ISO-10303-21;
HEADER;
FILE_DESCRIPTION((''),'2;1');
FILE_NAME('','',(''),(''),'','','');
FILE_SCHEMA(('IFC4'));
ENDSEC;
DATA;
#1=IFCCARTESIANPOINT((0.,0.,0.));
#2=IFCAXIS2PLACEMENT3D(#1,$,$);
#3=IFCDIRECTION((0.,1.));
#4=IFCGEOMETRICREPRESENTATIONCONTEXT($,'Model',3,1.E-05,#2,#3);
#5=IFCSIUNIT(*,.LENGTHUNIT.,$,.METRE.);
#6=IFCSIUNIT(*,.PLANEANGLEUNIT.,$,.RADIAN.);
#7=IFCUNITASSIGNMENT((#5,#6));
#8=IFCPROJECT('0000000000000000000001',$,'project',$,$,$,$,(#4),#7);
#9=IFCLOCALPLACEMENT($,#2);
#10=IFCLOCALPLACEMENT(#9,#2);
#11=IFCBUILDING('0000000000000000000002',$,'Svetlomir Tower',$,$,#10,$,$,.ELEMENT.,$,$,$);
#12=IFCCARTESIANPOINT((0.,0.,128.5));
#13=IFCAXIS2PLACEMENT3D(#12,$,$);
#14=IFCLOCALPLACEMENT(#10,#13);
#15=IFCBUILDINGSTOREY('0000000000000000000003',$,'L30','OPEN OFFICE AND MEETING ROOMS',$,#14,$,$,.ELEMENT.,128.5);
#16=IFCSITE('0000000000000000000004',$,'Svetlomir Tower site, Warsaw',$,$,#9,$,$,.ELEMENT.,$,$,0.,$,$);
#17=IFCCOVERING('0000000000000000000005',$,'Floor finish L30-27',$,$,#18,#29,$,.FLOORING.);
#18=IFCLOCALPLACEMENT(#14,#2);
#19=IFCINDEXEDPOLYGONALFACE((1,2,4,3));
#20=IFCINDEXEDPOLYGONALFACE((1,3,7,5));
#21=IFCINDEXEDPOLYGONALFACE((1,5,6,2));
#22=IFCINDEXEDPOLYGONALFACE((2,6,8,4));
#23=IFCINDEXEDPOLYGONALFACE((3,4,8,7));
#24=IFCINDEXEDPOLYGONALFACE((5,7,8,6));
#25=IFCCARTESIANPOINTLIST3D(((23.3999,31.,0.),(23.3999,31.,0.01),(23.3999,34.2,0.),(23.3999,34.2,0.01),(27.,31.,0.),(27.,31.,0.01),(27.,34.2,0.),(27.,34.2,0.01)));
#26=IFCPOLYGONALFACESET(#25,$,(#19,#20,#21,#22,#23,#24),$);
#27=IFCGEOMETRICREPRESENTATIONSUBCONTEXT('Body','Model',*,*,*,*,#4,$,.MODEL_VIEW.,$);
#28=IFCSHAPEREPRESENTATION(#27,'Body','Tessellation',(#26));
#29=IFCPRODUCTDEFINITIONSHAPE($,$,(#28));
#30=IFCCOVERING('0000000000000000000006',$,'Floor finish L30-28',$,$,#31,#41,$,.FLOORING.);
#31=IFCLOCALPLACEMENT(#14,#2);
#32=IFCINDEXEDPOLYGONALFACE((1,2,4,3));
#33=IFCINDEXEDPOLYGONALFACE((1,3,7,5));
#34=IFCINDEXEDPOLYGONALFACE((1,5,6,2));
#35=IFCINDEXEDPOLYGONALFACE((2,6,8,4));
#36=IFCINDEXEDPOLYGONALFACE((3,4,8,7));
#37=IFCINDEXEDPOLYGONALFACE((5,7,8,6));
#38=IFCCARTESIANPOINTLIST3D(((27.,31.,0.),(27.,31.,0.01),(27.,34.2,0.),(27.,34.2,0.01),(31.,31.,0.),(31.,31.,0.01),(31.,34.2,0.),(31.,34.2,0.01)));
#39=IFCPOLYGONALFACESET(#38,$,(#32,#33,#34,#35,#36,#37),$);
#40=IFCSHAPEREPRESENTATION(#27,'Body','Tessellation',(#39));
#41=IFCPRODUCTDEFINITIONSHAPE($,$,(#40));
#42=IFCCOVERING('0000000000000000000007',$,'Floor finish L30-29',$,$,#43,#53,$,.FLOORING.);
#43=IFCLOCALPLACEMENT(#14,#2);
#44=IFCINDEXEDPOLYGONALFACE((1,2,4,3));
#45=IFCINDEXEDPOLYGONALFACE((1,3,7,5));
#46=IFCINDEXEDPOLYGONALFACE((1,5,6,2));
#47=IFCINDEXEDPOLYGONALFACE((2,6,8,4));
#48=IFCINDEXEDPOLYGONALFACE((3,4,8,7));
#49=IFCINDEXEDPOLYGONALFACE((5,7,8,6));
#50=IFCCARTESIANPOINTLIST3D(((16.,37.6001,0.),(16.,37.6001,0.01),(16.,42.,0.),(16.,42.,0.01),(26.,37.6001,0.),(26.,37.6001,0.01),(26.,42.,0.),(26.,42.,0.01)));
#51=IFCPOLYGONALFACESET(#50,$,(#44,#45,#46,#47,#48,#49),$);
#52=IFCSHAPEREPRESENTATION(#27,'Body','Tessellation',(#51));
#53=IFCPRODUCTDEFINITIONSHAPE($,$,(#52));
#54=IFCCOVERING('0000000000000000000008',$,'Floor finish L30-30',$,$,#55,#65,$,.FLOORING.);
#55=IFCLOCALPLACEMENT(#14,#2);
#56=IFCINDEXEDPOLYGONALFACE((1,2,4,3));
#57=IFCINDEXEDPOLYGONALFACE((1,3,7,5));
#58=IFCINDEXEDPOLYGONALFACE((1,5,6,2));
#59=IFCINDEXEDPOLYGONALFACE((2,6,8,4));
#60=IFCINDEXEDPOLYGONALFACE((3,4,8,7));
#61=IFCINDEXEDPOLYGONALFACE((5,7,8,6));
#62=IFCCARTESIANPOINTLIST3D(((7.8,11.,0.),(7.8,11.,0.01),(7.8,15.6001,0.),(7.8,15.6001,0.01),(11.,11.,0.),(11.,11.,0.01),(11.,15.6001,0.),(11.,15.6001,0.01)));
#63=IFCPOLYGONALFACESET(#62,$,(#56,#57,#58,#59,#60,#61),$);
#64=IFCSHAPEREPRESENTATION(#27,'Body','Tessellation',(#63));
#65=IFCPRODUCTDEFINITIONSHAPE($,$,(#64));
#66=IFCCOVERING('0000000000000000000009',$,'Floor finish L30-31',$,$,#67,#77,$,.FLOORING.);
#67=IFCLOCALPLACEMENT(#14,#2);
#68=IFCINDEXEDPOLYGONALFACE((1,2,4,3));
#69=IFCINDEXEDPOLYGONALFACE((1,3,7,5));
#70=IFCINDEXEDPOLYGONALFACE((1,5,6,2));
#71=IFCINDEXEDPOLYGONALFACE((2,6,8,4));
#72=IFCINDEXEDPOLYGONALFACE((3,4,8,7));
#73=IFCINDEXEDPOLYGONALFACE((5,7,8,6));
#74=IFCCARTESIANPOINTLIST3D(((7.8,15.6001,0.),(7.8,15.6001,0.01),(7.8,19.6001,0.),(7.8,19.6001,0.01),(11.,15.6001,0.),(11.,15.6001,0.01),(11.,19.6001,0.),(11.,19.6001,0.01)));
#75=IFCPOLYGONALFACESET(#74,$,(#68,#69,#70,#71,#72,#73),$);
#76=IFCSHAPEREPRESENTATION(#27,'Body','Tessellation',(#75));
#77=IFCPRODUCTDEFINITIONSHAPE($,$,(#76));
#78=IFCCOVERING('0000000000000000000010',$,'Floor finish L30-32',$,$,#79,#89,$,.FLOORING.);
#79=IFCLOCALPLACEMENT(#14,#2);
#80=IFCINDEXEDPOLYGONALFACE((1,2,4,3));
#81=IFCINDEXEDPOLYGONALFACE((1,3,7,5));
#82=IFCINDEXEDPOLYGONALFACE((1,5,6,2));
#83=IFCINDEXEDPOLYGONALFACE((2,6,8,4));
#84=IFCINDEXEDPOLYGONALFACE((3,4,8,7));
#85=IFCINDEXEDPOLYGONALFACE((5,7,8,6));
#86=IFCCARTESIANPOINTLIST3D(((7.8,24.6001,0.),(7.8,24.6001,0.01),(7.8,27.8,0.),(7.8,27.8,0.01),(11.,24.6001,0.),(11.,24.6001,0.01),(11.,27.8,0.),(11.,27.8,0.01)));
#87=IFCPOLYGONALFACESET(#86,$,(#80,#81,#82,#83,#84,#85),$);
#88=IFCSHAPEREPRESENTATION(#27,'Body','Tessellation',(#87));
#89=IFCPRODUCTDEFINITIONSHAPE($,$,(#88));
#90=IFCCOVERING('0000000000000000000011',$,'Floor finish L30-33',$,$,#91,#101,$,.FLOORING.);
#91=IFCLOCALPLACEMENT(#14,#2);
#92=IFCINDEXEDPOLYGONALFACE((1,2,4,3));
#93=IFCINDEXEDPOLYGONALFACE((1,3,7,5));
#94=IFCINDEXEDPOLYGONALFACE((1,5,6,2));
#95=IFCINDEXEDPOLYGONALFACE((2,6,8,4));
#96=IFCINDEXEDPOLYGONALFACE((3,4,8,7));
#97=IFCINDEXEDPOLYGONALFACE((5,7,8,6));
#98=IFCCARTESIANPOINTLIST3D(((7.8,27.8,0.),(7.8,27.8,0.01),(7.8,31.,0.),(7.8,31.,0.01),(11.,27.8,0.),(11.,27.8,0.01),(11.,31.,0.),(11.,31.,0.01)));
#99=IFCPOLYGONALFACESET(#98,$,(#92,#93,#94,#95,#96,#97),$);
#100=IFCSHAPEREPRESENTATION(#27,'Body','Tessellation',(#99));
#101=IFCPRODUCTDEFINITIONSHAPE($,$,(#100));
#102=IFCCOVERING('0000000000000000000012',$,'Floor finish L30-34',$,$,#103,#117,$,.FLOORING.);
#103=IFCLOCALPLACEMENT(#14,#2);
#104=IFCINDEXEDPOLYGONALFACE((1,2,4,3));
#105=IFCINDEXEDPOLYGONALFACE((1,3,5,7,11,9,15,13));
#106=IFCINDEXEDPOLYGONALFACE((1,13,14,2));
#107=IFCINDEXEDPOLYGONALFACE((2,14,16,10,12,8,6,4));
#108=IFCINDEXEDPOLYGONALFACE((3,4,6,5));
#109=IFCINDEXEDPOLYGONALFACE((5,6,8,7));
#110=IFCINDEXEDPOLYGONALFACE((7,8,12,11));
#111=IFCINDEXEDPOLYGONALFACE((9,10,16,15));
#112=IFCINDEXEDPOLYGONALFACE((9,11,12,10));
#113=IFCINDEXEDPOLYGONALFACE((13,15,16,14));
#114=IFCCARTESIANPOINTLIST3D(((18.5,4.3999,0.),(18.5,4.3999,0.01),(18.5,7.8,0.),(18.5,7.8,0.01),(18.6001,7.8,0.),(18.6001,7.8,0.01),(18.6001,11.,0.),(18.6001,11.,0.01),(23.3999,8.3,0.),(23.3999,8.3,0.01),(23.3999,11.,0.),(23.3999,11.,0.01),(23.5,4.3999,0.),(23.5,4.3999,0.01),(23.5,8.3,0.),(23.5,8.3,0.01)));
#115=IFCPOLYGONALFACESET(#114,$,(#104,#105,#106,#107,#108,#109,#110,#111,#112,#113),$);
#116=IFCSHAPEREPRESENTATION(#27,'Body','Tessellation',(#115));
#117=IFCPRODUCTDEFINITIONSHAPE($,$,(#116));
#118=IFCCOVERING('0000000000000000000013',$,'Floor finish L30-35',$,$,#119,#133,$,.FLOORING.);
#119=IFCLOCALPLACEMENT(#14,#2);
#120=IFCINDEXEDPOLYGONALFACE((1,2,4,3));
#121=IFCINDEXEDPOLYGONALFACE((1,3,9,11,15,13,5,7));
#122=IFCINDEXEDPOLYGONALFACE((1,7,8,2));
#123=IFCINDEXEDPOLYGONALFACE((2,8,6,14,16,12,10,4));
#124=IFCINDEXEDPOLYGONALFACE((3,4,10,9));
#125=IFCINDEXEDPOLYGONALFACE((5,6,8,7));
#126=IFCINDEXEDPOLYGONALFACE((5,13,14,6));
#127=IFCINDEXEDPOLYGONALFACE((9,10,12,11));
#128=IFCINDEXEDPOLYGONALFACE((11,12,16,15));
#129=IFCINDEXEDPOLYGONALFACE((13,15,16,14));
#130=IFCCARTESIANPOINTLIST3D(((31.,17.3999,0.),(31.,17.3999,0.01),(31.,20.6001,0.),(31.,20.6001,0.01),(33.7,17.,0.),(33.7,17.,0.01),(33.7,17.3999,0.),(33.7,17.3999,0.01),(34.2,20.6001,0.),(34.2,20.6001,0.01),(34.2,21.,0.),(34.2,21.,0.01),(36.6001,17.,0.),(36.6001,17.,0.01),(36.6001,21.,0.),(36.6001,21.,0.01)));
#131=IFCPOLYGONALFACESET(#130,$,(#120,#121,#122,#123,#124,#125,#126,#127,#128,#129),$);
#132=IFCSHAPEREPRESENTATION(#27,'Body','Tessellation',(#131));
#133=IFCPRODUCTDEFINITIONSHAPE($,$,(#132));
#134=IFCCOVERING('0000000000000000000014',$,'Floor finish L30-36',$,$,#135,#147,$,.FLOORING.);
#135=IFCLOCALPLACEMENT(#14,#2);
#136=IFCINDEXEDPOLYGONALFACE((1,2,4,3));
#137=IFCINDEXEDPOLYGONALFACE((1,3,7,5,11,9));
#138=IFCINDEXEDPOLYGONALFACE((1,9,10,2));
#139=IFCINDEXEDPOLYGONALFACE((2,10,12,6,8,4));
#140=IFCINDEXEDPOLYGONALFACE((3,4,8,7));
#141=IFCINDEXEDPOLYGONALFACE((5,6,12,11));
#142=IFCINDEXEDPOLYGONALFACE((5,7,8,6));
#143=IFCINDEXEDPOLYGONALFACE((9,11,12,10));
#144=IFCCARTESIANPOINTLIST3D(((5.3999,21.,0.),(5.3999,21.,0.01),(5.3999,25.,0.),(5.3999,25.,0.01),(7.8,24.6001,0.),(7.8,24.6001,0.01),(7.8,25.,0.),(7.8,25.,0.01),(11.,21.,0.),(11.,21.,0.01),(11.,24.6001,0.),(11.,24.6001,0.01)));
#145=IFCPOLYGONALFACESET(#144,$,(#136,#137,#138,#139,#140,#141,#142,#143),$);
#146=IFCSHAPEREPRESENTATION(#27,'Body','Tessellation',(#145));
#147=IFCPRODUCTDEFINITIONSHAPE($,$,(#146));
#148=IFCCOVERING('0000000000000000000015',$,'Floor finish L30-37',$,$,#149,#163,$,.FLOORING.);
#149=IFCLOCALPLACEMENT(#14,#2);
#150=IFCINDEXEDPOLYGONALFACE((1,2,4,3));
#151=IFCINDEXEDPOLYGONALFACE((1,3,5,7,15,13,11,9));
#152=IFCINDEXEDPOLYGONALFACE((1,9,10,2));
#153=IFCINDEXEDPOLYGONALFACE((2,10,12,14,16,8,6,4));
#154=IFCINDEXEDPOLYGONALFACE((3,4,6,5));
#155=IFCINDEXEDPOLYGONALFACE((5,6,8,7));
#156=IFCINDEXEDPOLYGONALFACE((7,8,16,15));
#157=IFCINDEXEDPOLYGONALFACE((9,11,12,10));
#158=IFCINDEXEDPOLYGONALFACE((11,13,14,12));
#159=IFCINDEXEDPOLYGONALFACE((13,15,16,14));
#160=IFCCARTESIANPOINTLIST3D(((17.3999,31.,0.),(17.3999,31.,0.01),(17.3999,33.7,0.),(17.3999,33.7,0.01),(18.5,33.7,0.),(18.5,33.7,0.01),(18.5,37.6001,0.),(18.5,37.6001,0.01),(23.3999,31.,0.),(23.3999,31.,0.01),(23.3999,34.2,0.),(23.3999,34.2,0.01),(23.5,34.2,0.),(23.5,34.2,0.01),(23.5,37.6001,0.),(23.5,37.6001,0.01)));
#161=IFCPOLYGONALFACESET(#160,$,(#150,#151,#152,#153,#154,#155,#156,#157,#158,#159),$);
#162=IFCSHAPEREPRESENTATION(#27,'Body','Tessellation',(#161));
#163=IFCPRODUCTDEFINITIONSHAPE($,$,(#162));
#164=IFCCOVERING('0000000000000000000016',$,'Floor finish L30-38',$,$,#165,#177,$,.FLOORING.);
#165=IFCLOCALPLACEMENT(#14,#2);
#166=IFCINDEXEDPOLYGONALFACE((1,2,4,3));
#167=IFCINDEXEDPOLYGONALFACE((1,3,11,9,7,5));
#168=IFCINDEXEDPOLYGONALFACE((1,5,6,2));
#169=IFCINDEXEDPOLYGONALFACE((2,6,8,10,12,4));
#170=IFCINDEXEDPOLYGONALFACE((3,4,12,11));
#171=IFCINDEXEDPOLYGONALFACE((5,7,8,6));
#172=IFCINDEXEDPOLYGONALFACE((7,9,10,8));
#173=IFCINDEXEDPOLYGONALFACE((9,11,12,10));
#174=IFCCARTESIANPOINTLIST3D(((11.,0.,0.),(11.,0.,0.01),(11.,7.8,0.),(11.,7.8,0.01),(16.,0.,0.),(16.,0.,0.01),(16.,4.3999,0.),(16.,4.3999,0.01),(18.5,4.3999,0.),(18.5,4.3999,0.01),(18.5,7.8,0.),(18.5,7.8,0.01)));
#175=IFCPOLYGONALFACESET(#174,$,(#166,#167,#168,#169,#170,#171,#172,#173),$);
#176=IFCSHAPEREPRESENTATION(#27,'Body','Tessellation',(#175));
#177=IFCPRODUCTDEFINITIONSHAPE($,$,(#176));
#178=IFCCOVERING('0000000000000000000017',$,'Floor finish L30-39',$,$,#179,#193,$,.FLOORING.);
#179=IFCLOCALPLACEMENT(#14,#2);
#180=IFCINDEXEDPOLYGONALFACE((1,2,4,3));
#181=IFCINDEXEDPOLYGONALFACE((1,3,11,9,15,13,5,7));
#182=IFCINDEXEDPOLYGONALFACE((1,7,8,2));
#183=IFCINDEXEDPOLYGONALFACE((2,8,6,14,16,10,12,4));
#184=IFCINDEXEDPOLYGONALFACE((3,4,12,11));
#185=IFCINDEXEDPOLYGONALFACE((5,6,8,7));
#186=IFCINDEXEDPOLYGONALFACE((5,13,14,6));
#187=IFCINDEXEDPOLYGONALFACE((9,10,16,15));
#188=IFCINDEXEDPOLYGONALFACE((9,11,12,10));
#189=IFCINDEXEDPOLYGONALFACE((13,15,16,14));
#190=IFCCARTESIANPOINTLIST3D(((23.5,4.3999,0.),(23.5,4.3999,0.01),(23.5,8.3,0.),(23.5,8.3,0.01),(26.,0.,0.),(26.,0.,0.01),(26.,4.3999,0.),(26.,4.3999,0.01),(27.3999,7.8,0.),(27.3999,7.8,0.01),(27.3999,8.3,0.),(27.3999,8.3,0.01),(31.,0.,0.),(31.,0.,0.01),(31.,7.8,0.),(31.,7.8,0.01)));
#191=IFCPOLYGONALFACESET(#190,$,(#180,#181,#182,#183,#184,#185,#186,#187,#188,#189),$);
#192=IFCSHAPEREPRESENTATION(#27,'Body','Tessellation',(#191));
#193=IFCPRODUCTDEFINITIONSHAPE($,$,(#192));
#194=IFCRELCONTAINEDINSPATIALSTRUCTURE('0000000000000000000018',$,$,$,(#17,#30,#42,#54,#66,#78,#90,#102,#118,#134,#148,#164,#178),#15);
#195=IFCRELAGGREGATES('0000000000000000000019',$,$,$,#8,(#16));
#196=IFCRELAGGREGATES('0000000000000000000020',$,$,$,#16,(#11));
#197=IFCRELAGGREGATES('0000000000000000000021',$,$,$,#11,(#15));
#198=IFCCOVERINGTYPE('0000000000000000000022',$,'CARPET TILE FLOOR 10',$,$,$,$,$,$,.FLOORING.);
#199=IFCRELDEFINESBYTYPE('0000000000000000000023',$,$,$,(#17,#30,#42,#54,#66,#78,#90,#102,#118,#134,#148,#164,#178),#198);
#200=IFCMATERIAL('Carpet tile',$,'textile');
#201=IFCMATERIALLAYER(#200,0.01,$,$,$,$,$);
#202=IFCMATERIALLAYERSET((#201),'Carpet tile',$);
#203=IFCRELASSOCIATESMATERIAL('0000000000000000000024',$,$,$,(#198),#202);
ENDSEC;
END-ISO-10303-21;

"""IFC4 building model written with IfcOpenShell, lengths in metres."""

from ifc_helpers import new_model, si_unit, direction, frame, origin, place, context, subcontext, project, spatial, polyline, outline, extrude, material, layer, layer_set, type_object, element, save


model = new_model("IFC4")

# Units and contexts
model_context = context("Model", 3, precision=1e-05, world=origin(), true_north=direction((0.0, 1.0)))
body_context = subcontext(model_context, "Body", "Model", "MODEL_VIEW")
ifc_project = project(units=[si_unit("LENGTHUNIT", "METRE"), si_unit("PLANEANGLEUNIT", "RADIAN")], contexts=[model_context])

# Site, building, storey
site_placement = place(None, origin())
site = spatial("IfcSite", under=ifc_project, at=site_placement, Name="Svetlomir Tower site, Warsaw", CompositionType="ELEMENT", RefElevation=0.0)
building_placement = place(site_placement, origin())
building = spatial("IfcBuilding", under=site, at=building_placement, Name="Svetlomir Tower", CompositionType="ELEMENT")
storey_placement = place(building_placement, frame((0.0, 0.0, 128.5)))
storey = spatial("IfcBuildingStorey", under=building, at=storey_placement, Name="L30", Description="OPEN OFFICE AND MEETING ROOMS", CompositionType="ELEMENT", Elevation=128.5)

# Coverings
ifc_material_1 = material(Name="Carpet tile", Category="textile")
ifc_layer_1 = layer(ifc_material_1, 0.01)
ifc_layer_set_1 = layer_set([ifc_layer_1], Name="Carpet tile")
covering_type_1 = type_object("IfcCoveringType", Name="CARPET TILE FLOOR 10", PredefinedType="FLOORING", material=ifc_layer_set_1)
covering_1_placement = place(storey_placement, origin())
element("IfcCovering", 1, at=covering_1_placement, inside=storey, type_object=covering_type_1, Name="Floor finish L30-27", PredefinedType="FLOORING", context=body_context, shape_type="SweptSolid", body=[
    extrude(outline(polyline([(23.3999, 31.0), (27.0, 31.0), (27.0, 34.2), (23.3999, 34.2), (23.3999, 31.0)])), origin(), (0.0, 0.0, 1.0), 0.01),
])
covering_2_placement = place(storey_placement, origin())
element("IfcCovering", 2, at=covering_2_placement, inside=storey, type_object=covering_type_1, Name="Floor finish L30-28", PredefinedType="FLOORING", context=body_context, shape_type="SweptSolid", body=[
    extrude(outline(polyline([(27.0, 31.0), (31.0, 31.0), (31.0, 34.2), (27.0, 34.2), (27.0, 31.0)])), origin(), (0.0, 0.0, 1.0), 0.01),
])
covering_3_placement = place(storey_placement, origin())
element("IfcCovering", 3, at=covering_3_placement, inside=storey, type_object=covering_type_1, Name="Floor finish L30-29", PredefinedType="FLOORING", context=body_context, shape_type="SweptSolid", body=[
    extrude(outline(polyline([(16.0, 37.6001), (26.0, 37.6001), (26.0, 42.0), (16.0, 42.0), (16.0, 37.6001)])), origin(), (0.0, 0.0, 1.0), 0.01),
])
covering_4_placement = place(storey_placement, origin())
element("IfcCovering", 4, at=covering_4_placement, inside=storey, type_object=covering_type_1, Name="Floor finish L30-30", PredefinedType="FLOORING", context=body_context, shape_type="SweptSolid", body=[
    extrude(outline(polyline([(7.8, 11.0), (11.0, 11.0), (11.0, 15.6001), (7.8, 15.6001), (7.8, 11.0)])), origin(), (0.0, 0.0, 1.0), 0.01),
])
covering_5_placement = place(storey_placement, origin())
element("IfcCovering", 5, at=covering_5_placement, inside=storey, type_object=covering_type_1, Name="Floor finish L30-31", PredefinedType="FLOORING", context=body_context, shape_type="SweptSolid", body=[
    extrude(outline(polyline([(7.8, 15.6001), (11.0, 15.6001), (11.0, 19.6001), (7.8, 19.6001), (7.8, 15.6001)])), origin(), (0.0, 0.0, 1.0), 0.01),
])
covering_6_placement = place(storey_placement, origin())
element("IfcCovering", 6, at=covering_6_placement, inside=storey, type_object=covering_type_1, Name="Floor finish L30-32", PredefinedType="FLOORING", context=body_context, shape_type="SweptSolid", body=[
    extrude(outline(polyline([(7.8, 24.6001), (11.0, 24.6001), (11.0, 27.8), (7.8, 27.8), (7.8, 24.6001)])), origin(), (0.0, 0.0, 1.0), 0.01),
])
covering_7_placement = place(storey_placement, origin())
element("IfcCovering", 7, at=covering_7_placement, inside=storey, type_object=covering_type_1, Name="Floor finish L30-33", PredefinedType="FLOORING", context=body_context, shape_type="SweptSolid", body=[
    extrude(outline(polyline([(7.8, 27.8), (11.0, 27.8), (11.0, 31.0), (7.8, 31.0), (7.8, 27.8)])), origin(), (0.0, 0.0, 1.0), 0.01),
])
covering_8_placement = place(storey_placement, origin())
element("IfcCovering", 8, at=covering_8_placement, inside=storey, type_object=covering_type_1, Name="Floor finish L30-34", PredefinedType="FLOORING", context=body_context, shape_type="SweptSolid", body=[
    extrude(outline(polyline([(18.5, 4.3999), (18.5, 7.8), (18.6001, 7.8), (18.6001, 11.0), (23.3999, 11.0), (23.3999, 8.3), (23.5, 8.3), (23.5, 4.3999), (18.5, 4.3999)])), origin(), (0.0, 0.0, 1.0), 0.01),
])
covering_9_placement = place(storey_placement, origin())
element("IfcCovering", 9, at=covering_9_placement, inside=storey, type_object=covering_type_1, Name="Floor finish L30-35", PredefinedType="FLOORING", context=body_context, shape_type="SweptSolid", body=[
    extrude(outline(polyline([(34.2, 20.6001), (34.2, 21.0), (36.6001, 21.0), (36.6001, 17.0), (33.7, 17.0), (33.7, 17.3999), (31.0, 17.3999), (31.0, 20.6001), (34.2, 20.6001)])), origin(), (0.0, 0.0, 1.0), 0.01),
])
covering_10_placement = place(storey_placement, origin())
element("IfcCovering", 10, at=covering_10_placement, inside=storey, type_object=covering_type_1, Name="Floor finish L30-36", PredefinedType="FLOORING", context=body_context, shape_type="SweptSolid", body=[
    extrude(outline(polyline([(5.3999, 21.0), (5.3999, 25.0), (7.8, 25.0), (7.8, 24.6001), (11.0, 24.6001), (11.0, 21.0), (5.3999, 21.0)])), origin(), (0.0, 0.0, 1.0), 0.01),
])
covering_11_placement = place(storey_placement, origin())
element("IfcCovering", 11, at=covering_11_placement, inside=storey, type_object=covering_type_1, Name="Floor finish L30-37", PredefinedType="FLOORING", context=body_context, shape_type="SweptSolid", body=[
    extrude(outline(polyline([(18.5, 33.7), (18.5, 37.6001), (23.5, 37.6001), (23.5, 34.2), (23.3999, 34.2), (23.3999, 31.0), (17.3999, 31.0), (17.3999, 33.7), (18.5, 33.7)])), origin(), (0.0, 0.0, 1.0), 0.01),
])
covering_12_placement = place(storey_placement, origin())
element("IfcCovering", 12, at=covering_12_placement, inside=storey, type_object=covering_type_1, Name="Floor finish L30-38", PredefinedType="FLOORING", context=body_context, shape_type="SweptSolid", body=[
    extrude(outline(polyline([(18.5, 7.8), (18.5, 4.3999), (16.0, 4.3999), (16.0, 0.0), (11.0, 0.0), (11.0, 7.8), (18.5, 7.8)])), origin(), (0.0, 0.0, 1.0), 0.01),
])
covering_13_placement = place(storey_placement, origin())
element("IfcCovering", 13, at=covering_13_placement, inside=storey, type_object=covering_type_1, Name="Floor finish L30-39", PredefinedType="FLOORING", context=body_context, shape_type="SweptSolid", body=[
    extrude(outline(polyline([(27.3999, 7.8), (31.0, 7.8), (31.0, 0.0), (26.0, 0.0), (26.0, 4.3999), (23.5, 4.3999), (23.5, 8.3), (27.3999, 8.3), (27.3999, 7.8)])), origin(), (0.0, 0.0, 1.0), 0.01),
])

save(model, "model.ifc")
